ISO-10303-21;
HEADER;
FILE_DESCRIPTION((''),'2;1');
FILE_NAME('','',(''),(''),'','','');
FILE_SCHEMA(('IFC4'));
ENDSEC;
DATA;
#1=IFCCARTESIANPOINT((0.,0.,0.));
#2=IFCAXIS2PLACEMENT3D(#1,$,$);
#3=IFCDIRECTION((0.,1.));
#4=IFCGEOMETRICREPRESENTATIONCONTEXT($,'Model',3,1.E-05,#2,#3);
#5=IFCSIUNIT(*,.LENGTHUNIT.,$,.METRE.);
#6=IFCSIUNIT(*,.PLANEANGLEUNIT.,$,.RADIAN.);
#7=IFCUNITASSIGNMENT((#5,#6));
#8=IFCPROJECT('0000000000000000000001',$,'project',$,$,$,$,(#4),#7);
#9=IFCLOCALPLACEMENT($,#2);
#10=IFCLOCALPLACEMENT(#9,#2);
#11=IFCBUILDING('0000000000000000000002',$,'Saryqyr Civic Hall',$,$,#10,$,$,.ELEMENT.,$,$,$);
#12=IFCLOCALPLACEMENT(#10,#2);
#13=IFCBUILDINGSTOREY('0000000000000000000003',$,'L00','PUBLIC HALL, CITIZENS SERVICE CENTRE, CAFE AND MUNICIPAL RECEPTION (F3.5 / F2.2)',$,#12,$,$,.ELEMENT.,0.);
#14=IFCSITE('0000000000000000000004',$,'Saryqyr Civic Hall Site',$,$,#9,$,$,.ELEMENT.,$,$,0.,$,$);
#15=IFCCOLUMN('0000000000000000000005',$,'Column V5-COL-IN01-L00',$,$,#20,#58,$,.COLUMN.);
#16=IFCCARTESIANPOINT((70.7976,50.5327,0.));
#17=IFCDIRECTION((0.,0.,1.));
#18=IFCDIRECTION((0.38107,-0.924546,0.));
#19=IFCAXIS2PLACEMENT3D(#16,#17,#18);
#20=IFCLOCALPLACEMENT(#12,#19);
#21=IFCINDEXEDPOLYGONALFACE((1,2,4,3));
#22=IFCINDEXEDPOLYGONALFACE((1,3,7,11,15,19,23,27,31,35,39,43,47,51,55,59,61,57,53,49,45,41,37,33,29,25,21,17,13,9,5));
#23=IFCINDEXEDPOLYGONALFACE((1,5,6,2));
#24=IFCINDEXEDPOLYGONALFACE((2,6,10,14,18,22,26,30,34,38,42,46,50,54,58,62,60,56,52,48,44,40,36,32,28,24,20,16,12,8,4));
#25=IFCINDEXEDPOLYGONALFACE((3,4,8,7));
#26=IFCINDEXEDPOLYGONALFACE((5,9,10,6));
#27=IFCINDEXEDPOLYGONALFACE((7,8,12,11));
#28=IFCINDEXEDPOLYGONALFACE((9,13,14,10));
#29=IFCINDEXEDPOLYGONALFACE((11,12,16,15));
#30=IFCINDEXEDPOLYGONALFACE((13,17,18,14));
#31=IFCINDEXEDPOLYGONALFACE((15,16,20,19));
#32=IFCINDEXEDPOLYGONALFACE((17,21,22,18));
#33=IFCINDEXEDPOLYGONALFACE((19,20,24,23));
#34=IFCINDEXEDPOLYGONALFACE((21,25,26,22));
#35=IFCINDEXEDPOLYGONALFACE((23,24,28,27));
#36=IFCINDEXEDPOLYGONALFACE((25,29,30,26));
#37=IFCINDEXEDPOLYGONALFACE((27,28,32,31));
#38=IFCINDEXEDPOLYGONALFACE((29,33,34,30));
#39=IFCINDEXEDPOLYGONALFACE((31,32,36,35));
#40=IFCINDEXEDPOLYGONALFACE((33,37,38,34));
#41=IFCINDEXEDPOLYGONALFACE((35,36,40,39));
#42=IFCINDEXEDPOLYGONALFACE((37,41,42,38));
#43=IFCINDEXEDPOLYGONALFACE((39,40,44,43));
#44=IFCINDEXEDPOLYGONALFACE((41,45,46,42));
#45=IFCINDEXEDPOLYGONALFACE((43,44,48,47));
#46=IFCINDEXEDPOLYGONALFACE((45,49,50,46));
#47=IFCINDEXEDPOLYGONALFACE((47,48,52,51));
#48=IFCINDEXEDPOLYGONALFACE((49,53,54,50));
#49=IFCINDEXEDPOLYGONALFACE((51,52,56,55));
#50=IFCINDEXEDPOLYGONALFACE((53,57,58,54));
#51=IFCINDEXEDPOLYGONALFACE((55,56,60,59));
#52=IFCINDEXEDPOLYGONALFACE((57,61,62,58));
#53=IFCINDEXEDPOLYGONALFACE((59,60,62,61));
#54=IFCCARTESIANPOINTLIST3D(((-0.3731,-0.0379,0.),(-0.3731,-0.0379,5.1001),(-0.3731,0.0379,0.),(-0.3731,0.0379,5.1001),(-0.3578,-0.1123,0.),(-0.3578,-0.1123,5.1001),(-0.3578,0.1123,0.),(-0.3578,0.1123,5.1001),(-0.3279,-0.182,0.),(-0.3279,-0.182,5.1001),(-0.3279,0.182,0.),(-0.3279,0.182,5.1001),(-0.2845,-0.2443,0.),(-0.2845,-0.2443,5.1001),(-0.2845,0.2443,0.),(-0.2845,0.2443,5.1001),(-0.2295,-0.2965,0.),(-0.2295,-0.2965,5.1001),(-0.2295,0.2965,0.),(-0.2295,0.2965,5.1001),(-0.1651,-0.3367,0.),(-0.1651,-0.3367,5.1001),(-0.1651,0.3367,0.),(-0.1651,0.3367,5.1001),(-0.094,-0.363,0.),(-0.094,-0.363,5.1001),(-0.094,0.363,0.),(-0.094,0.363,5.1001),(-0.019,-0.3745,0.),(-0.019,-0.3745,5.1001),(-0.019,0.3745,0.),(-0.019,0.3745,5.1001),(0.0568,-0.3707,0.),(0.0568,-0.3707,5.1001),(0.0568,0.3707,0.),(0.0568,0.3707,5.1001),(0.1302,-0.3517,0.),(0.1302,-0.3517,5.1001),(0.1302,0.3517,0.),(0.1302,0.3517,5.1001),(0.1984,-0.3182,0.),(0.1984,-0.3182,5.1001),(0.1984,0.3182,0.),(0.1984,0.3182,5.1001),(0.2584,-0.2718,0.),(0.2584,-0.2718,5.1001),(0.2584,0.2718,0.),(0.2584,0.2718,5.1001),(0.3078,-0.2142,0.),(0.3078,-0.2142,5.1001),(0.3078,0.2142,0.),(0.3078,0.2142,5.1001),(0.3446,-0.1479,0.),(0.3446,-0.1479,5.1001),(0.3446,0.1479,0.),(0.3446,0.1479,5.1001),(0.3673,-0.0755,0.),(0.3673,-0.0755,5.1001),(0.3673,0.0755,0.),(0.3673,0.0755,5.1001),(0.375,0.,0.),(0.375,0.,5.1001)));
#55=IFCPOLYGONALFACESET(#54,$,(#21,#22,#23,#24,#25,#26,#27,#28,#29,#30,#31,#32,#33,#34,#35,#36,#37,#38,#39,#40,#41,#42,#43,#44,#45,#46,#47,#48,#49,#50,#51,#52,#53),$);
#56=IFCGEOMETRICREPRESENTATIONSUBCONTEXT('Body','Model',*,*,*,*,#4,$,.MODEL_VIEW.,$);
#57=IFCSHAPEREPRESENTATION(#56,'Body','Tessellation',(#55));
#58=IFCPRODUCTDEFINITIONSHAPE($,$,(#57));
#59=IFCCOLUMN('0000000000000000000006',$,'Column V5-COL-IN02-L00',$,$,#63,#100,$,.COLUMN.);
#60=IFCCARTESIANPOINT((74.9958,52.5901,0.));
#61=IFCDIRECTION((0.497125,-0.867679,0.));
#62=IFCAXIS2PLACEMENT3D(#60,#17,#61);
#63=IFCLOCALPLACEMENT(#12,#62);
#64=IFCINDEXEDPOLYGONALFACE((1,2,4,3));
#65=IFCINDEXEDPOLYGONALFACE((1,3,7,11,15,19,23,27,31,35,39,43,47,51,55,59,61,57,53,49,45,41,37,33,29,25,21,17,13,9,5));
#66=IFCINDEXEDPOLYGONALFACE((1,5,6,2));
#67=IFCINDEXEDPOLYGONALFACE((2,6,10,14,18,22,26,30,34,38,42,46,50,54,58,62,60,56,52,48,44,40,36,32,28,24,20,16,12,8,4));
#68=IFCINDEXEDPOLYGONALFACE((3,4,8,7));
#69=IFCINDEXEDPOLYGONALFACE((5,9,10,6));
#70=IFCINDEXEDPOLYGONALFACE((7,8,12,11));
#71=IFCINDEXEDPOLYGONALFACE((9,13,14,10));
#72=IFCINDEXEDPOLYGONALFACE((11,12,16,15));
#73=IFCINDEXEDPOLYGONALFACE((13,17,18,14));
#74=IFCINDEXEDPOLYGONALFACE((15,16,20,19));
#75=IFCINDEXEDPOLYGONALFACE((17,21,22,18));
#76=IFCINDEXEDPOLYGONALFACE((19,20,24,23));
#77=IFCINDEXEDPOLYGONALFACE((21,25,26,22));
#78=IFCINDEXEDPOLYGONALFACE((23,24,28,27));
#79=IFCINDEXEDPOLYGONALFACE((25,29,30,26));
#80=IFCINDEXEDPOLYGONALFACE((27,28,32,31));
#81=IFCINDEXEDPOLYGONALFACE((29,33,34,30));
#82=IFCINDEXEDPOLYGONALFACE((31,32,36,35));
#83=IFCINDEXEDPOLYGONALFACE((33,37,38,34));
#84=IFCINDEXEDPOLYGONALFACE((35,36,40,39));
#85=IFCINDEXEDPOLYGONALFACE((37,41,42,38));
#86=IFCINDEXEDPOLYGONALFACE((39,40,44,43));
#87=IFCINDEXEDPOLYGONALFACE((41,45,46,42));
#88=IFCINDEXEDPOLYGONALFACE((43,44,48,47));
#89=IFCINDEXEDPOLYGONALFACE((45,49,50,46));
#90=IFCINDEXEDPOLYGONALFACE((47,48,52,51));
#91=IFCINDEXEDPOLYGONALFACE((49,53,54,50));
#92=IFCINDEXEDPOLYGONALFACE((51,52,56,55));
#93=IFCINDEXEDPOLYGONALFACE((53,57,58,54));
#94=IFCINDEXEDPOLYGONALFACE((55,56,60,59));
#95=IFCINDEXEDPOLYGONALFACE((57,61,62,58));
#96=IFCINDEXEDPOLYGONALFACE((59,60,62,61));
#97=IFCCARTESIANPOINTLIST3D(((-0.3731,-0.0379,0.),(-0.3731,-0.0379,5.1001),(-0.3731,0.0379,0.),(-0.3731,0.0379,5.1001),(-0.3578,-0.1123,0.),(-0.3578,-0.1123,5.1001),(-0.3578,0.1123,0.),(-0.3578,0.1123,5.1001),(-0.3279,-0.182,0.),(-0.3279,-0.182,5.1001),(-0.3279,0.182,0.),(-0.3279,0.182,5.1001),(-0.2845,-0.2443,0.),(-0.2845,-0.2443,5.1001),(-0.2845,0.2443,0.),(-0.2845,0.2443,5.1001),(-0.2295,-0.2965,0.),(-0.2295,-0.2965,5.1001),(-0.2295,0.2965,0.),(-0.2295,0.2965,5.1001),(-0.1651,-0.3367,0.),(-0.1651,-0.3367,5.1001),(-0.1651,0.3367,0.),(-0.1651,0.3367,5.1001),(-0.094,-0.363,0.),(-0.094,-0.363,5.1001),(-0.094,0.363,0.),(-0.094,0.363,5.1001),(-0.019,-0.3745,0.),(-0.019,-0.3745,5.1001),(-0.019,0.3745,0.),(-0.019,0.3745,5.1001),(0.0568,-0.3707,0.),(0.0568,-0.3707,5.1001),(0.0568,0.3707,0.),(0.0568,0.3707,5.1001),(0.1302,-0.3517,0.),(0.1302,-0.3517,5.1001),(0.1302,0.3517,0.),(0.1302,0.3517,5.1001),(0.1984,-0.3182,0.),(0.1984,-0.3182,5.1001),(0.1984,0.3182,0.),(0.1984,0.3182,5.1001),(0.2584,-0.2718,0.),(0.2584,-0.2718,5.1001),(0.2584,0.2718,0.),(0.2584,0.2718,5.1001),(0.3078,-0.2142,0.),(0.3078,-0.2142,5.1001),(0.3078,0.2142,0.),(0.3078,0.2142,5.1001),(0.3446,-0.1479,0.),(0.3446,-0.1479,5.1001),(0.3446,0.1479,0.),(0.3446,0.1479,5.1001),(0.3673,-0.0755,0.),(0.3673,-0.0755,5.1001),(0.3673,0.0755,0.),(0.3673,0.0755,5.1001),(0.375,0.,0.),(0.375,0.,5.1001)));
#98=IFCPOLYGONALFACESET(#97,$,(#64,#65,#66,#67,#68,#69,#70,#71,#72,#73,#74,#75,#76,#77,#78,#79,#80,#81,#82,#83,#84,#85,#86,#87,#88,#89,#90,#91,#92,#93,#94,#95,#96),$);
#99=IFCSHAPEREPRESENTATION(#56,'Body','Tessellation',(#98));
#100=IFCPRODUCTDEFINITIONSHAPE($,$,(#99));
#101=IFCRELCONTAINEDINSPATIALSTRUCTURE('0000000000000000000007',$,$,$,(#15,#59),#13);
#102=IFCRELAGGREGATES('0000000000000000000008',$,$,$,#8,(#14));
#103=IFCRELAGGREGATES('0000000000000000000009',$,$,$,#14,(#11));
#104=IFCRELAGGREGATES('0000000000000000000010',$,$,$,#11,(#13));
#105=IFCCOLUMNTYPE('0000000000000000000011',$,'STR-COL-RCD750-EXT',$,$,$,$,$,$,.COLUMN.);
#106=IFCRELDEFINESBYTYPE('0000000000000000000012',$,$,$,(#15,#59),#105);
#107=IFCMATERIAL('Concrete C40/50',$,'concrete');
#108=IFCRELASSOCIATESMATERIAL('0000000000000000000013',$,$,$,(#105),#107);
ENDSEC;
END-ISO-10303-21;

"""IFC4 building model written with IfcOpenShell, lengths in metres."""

from ifc_helpers import new_model, si_unit, direction, frame, origin, origin_2d, place, context, subcontext, project, spatial, circle, extrude, material, material_profile, profile_set, type_object, element, save


model = new_model("IFC4")

# Units and contexts
model_context = context("Model", 3, precision=1e-05, world=origin(), true_north=direction((0.0, 1.0)))
body_context = subcontext(model_context, "Body", "Model", "MODEL_VIEW")
ifc_project = project(units=[si_unit("LENGTHUNIT", "METRE"), si_unit("PLANEANGLEUNIT", "RADIAN")], contexts=[model_context])

# Site, building, storey
site_placement = place(None, origin())
site = spatial("IfcSite", under=ifc_project, at=site_placement, Name="Saryqyr Civic Hall Site", CompositionType="ELEMENT", RefElevation=0.0)
building_placement = place(site_placement, origin())
building = spatial("IfcBuilding", under=site, at=building_placement, Name="Saryqyr Civic Hall", CompositionType="ELEMENT")
storey_placement = place(building_placement, origin())
storey = spatial("IfcBuildingStorey", under=building, at=storey_placement, Name="L00", Description="PUBLIC HALL, CITIZENS SERVICE CENTRE, CAFE AND MUNICIPAL RECEPTION (F3.5 / F2.2)", CompositionType="ELEMENT", Elevation=0.0)

# Columns
ifc_material_1 = material(Name="Concrete C40/50", Category="concrete")
ifc_material_profile_1 = material_profile(ifc_material_1, circle(Radius=0.375, at=origin_2d()), Name="RC D750")
ifc_profile_set_1 = profile_set([ifc_material_profile_1], Name="Concrete C40/50")
column_type_1 = type_object("IfcColumnType", Name="STR-COL-RCD750-EXT", PredefinedType="COLUMN", material=ifc_profile_set_1)
for number, where, z_axis, x_axis, name in (
    (1, (70.7976, 50.5327, 0.0), (0.0, 0.0, 1.0), (0.38107, -0.924546, 0.0), "Column V5-COL-IN01-L00"),
    (2, (74.9958, 52.5901, 0.0), (0.0, 0.0, 1.0), (0.497125, -0.867679, 0.0), "Column V5-COL-IN02-L00"),
):
    element("IfcColumn", number, at=place(storey_placement, frame(where, z_axis=z_axis, x_axis=x_axis)), inside=storey, type_object=column_type_1, Name=name, PredefinedType="COLUMN", context=body_context, shape_type="SweptSolid", body=[
        extrude(circle(Radius=0.375, at=origin_2d()), origin(), (0.0, 0.0, 1.0), 5.1001),
    ])

save(model, "model.ifc")
